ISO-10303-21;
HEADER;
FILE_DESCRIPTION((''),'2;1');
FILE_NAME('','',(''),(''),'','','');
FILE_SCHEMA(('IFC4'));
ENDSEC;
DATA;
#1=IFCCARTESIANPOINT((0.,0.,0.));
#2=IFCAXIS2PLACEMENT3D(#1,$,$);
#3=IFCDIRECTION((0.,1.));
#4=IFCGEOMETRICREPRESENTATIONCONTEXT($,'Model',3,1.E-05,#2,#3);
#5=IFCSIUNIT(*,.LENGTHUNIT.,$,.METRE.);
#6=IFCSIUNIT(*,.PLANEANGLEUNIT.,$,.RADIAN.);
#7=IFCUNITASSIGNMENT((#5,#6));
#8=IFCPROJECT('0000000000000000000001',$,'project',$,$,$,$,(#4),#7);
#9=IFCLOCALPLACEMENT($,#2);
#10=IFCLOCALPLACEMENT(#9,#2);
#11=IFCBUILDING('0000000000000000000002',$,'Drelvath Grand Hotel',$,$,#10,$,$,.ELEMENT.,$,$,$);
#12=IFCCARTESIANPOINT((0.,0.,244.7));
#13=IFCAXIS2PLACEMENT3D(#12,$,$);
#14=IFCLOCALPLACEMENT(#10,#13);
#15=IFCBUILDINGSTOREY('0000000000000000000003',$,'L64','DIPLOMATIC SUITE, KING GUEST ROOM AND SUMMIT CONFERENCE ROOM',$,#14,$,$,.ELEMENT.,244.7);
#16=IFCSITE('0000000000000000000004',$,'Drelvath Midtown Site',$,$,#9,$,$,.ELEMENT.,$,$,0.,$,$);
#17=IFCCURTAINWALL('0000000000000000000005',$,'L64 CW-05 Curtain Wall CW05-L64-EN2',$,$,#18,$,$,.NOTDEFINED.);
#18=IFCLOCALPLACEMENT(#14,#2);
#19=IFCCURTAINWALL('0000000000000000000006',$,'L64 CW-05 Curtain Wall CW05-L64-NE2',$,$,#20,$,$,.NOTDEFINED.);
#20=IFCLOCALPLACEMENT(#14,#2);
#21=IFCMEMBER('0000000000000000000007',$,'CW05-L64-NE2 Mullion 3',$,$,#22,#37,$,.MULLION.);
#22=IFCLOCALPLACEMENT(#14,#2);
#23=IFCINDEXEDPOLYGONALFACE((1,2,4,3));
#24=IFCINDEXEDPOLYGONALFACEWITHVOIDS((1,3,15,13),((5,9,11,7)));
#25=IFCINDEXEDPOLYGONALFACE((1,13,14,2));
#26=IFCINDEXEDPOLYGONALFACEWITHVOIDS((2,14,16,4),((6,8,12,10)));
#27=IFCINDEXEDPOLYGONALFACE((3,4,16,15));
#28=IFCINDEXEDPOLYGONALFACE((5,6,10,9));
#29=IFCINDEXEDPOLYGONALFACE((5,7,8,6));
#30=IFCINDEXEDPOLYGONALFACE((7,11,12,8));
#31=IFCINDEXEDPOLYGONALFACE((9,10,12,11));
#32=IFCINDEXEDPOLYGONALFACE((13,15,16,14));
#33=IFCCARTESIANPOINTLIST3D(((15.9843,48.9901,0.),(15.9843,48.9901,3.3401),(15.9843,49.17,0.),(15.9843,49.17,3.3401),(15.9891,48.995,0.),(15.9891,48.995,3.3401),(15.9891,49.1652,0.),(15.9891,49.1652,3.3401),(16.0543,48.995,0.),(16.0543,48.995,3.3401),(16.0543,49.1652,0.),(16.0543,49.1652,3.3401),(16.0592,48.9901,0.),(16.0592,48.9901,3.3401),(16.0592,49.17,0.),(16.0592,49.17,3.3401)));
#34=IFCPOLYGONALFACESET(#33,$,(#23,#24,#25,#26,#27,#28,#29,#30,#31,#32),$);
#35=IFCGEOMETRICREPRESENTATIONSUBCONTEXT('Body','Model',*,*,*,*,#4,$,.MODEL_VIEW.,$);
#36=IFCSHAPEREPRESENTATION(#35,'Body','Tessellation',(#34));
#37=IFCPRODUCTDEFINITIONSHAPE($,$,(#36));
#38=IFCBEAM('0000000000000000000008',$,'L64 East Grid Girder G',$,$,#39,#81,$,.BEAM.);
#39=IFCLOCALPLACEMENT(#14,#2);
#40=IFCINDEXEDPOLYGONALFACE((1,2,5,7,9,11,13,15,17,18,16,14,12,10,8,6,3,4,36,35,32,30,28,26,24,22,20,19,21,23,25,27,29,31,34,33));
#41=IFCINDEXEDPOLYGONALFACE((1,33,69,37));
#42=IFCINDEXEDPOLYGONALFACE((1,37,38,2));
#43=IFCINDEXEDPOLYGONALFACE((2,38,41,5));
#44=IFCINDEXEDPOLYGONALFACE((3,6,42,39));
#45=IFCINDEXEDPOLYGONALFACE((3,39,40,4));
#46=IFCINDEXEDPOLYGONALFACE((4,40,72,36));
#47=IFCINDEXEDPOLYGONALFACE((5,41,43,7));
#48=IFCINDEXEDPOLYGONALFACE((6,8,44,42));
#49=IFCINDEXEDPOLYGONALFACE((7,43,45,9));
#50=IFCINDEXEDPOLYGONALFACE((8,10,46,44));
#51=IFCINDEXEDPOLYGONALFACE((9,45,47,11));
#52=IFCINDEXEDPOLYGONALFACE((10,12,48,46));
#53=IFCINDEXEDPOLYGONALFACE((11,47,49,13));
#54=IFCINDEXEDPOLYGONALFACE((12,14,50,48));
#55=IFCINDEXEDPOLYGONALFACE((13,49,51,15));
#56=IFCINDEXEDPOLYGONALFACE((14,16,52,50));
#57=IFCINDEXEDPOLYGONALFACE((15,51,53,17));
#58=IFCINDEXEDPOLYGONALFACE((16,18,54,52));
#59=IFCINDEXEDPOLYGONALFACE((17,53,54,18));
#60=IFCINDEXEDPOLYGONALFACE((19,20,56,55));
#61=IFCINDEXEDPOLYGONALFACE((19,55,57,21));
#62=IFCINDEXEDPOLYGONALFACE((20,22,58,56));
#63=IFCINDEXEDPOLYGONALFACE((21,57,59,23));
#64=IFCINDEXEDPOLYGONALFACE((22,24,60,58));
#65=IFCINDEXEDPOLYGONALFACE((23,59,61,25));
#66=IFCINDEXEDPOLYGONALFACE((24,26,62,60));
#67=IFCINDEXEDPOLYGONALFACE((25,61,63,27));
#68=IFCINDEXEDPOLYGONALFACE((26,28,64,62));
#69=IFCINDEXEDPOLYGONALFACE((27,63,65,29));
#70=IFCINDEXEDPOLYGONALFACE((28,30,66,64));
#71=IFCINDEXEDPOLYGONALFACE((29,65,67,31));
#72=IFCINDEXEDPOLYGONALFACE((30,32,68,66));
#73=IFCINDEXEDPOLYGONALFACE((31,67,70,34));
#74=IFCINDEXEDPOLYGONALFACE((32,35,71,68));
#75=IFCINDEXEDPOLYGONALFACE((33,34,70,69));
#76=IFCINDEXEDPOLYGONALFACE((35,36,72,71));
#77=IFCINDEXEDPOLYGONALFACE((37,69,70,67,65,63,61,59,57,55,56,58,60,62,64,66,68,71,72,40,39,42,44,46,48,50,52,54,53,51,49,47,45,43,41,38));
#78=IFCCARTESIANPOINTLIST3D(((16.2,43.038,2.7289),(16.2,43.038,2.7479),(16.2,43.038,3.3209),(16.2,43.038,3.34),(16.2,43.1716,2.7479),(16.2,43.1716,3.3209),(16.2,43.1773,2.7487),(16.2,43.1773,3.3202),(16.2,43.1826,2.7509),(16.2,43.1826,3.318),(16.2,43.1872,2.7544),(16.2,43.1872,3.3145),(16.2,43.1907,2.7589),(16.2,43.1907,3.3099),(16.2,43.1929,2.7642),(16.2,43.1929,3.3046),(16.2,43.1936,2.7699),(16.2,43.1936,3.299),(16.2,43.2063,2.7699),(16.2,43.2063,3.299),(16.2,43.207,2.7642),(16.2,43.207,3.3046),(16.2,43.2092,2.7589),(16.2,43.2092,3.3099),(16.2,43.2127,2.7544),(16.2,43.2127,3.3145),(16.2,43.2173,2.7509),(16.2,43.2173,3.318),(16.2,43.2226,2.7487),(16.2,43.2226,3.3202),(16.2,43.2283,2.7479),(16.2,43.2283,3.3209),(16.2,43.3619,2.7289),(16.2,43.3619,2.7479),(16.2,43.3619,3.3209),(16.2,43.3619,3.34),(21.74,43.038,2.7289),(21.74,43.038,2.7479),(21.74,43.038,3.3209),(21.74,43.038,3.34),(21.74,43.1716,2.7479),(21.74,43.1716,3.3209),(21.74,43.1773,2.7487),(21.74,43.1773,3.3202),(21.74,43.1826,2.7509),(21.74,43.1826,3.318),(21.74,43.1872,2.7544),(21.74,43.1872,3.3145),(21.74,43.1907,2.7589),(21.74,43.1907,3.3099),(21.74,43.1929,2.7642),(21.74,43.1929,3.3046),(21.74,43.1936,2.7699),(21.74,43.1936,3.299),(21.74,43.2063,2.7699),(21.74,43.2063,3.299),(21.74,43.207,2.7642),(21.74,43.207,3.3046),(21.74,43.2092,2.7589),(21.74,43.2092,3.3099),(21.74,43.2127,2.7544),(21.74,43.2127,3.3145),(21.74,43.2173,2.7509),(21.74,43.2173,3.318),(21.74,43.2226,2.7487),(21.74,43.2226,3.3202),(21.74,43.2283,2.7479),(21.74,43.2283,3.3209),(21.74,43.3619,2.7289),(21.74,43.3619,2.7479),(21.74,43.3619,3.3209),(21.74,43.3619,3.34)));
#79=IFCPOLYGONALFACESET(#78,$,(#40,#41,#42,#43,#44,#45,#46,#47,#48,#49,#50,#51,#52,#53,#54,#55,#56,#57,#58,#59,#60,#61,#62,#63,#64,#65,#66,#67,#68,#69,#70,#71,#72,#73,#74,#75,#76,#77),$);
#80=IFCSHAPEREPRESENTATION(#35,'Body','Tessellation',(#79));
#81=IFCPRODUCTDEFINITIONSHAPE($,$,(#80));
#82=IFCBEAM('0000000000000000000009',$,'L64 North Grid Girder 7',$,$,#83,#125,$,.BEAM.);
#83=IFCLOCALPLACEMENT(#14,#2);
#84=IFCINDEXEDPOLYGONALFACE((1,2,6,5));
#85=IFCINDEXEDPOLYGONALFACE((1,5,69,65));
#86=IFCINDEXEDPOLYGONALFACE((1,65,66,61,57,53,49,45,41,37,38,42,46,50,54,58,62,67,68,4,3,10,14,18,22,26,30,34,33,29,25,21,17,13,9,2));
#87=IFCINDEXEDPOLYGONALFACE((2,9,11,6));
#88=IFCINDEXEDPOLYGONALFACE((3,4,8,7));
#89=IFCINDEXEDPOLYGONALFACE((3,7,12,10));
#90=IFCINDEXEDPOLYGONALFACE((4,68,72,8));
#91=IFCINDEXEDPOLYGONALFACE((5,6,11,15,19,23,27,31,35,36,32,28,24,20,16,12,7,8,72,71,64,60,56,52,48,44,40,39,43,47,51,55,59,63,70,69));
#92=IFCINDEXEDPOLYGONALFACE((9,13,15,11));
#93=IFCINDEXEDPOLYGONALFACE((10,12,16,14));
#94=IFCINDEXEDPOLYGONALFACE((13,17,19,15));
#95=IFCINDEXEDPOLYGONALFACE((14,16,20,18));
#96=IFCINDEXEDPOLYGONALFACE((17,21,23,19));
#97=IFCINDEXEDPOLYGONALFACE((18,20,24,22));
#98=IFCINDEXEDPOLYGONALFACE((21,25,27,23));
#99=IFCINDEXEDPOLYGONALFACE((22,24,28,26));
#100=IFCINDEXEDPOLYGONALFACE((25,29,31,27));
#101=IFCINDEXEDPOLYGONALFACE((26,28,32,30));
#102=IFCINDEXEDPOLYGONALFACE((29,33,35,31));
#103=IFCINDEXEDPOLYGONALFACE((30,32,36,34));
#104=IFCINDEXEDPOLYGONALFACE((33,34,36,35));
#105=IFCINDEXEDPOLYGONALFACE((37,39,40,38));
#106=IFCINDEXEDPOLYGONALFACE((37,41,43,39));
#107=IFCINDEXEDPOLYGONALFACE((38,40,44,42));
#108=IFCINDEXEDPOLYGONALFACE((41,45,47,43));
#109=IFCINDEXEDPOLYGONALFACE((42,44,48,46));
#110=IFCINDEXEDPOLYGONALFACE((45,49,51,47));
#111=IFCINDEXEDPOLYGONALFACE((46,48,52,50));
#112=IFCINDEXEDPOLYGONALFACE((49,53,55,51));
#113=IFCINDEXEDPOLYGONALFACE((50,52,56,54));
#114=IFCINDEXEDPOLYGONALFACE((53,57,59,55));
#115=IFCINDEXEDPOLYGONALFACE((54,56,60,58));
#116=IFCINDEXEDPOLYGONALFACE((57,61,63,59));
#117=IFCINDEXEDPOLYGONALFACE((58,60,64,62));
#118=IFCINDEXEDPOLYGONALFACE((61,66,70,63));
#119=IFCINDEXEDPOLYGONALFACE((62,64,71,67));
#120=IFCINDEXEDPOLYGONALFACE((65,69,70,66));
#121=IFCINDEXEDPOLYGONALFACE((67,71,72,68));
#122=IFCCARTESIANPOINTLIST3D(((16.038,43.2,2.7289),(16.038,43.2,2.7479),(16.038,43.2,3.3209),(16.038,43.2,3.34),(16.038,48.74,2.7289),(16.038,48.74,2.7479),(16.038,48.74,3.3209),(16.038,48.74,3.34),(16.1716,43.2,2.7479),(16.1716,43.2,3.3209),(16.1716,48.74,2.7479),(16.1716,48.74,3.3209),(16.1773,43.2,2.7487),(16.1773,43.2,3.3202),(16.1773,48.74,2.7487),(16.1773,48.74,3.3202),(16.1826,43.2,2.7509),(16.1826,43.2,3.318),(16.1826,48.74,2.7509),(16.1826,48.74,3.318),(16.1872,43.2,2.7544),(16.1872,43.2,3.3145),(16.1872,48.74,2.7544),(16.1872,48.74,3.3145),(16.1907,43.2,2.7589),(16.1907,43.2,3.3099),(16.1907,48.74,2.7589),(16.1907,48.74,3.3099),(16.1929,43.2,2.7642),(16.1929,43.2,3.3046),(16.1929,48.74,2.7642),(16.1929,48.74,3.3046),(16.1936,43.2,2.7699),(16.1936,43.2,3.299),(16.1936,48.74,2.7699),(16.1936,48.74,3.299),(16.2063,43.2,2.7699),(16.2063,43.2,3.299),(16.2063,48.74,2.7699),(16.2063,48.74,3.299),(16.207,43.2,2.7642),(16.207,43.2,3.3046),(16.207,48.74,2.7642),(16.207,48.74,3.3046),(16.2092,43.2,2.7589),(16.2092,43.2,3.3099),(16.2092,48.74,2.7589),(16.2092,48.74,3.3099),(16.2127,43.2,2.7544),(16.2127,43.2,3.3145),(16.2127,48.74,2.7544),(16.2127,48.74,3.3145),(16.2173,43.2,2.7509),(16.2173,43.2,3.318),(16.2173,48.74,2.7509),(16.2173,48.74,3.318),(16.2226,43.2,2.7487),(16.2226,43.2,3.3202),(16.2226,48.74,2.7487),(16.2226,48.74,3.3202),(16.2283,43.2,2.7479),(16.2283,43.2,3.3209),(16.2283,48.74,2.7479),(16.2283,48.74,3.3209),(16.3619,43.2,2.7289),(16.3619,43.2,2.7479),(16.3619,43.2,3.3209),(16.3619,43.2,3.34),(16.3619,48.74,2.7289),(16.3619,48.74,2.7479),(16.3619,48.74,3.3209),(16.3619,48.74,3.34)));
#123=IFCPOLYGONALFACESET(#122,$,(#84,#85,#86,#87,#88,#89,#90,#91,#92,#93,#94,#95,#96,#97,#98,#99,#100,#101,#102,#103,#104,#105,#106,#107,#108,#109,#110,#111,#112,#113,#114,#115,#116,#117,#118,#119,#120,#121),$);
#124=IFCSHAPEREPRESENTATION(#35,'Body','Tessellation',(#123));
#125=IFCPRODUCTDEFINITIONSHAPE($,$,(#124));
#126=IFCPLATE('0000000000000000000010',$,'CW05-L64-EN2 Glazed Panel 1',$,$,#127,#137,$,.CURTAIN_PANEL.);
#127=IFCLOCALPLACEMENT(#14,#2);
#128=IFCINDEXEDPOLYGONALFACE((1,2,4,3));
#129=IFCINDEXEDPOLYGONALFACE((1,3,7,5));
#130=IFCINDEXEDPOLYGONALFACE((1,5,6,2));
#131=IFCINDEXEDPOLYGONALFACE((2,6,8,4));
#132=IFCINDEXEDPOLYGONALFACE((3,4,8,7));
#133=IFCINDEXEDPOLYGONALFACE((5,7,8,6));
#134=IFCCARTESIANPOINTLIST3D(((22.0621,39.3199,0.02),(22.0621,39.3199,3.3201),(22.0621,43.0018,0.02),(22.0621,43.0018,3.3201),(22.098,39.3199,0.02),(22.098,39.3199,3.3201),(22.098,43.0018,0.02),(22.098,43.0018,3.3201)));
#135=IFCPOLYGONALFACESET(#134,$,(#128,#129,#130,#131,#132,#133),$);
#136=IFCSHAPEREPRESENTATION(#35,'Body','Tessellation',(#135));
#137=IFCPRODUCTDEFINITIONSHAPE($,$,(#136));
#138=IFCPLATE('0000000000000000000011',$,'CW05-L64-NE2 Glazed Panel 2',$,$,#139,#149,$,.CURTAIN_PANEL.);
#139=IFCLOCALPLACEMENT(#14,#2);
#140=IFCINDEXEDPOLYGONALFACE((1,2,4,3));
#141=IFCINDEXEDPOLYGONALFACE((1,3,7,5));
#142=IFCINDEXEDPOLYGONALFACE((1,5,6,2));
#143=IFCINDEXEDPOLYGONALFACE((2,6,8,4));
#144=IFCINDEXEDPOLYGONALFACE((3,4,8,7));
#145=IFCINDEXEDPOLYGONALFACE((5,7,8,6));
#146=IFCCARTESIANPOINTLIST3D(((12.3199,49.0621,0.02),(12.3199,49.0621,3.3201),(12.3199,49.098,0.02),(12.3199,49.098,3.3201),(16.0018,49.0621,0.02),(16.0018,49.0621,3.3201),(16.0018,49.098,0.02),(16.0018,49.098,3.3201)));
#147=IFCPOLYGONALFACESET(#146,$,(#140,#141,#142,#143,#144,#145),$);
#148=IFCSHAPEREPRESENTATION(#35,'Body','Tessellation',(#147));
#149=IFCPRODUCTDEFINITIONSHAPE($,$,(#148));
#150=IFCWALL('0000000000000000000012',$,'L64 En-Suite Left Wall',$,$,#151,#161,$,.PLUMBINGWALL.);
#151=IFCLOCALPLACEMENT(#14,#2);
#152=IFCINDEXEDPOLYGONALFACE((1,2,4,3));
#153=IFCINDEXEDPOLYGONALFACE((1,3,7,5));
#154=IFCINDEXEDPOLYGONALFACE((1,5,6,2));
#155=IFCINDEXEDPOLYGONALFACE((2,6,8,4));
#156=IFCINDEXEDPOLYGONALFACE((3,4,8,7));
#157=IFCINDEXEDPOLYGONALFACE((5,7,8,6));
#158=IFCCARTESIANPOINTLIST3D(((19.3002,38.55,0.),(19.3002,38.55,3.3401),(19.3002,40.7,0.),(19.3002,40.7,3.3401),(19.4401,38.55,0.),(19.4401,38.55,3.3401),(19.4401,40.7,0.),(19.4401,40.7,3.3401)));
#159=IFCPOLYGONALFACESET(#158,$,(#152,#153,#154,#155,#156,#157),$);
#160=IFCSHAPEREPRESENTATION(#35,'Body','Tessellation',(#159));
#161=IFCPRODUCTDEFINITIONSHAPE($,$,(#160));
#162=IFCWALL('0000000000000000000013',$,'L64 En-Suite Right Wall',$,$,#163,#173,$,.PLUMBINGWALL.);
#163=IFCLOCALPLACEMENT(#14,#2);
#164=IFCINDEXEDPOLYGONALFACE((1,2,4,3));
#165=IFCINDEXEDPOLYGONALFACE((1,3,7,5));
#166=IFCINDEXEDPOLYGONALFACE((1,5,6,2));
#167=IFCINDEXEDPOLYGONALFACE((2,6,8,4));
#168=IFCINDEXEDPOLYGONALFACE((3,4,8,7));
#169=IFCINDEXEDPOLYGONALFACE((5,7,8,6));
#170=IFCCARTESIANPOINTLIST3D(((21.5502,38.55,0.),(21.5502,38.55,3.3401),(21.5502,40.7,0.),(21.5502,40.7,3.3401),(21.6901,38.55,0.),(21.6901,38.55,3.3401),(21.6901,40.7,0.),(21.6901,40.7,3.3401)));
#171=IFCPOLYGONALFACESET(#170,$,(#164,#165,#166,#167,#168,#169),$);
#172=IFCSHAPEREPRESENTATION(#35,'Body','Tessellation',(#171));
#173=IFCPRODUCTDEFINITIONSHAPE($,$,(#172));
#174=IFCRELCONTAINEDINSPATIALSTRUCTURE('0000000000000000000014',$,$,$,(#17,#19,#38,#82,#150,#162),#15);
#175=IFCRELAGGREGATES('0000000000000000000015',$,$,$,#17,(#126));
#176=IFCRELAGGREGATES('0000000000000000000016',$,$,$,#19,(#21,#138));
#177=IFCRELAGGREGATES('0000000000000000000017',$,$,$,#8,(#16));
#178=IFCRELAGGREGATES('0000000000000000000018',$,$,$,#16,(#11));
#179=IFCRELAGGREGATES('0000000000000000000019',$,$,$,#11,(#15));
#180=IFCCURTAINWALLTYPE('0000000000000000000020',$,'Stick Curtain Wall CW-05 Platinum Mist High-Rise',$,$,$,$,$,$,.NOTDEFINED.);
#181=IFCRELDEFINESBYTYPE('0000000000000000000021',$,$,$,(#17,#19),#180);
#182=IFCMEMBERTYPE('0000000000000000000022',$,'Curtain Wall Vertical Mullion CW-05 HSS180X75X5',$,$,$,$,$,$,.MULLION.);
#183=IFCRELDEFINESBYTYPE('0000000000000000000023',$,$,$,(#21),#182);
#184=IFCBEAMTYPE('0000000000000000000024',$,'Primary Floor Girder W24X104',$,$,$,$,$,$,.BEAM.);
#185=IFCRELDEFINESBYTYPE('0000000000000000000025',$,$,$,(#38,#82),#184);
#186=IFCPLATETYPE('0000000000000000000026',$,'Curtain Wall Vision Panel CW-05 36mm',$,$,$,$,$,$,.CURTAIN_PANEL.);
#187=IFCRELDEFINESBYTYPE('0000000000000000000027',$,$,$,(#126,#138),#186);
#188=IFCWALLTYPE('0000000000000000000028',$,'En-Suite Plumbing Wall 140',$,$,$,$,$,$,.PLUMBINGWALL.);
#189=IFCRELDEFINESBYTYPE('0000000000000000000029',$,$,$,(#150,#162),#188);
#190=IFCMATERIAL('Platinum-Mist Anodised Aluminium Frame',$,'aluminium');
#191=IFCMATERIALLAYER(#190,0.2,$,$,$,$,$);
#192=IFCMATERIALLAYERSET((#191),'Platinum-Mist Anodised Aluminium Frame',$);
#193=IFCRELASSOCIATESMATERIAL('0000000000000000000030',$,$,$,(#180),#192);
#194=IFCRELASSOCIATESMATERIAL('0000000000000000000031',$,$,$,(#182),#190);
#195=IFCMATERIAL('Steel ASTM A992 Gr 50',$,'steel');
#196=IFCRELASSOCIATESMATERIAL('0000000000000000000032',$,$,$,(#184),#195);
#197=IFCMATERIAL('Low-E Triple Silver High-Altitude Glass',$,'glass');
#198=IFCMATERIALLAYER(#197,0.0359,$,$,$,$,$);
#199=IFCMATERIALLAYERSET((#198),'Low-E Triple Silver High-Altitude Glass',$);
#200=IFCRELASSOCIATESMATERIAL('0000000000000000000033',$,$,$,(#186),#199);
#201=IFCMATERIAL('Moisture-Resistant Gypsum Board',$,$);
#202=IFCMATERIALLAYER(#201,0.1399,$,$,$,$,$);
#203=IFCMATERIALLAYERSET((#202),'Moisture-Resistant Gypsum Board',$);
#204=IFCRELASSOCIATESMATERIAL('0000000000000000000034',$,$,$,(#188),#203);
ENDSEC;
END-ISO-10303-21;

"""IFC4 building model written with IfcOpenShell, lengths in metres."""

from ifc_helpers import new_model, si_unit, direction, frame, frame_2d, origin, origin_2d, place, context, subcontext, project, spatial, rectangle, hollow_rectangle, i_section, extrude, material, layer, layer_set, material_profile, profile_set, type_object, element, aggregate, save


model = new_model("IFC4")

# Units and contexts
model_context = context("Model", 3, precision=1e-05, world=origin(), true_north=direction((0.0, 1.0)))
body_context = subcontext(model_context, "Body", "Model", "MODEL_VIEW")
ifc_project = project(units=[si_unit("LENGTHUNIT", "METRE"), si_unit("PLANEANGLEUNIT", "RADIAN")], contexts=[model_context])

# Site, building, storey
site_placement = place(None, origin())
site = spatial("IfcSite", under=ifc_project, at=site_placement, Name="Drelvath Midtown Site", CompositionType="ELEMENT", RefElevation=0.0)
building_placement = place(site_placement, origin())
building = spatial("IfcBuilding", under=site, at=building_placement, Name="Drelvath Grand Hotel", CompositionType="ELEMENT")
storey_placement = place(building_placement, frame((0.0, 0.0, 244.7)))
storey = spatial("IfcBuildingStorey", under=building, at=storey_placement, Name="L64", Description="DIPLOMATIC SUITE, KING GUEST ROOM AND SUMMIT CONFERENCE ROOM", CompositionType="ELEMENT", Elevation=244.7)

# Curtain walls, member
ifc_material_1 = material(Name="Platinum-Mist Anodised Aluminium Frame", Category="aluminium")
ifc_layer_1 = layer(ifc_material_1, 0.2)
ifc_layer_set_1 = layer_set([ifc_layer_1], Name="Platinum-Mist Anodised Aluminium Frame")
curtain_wall_type = type_object("IfcCurtainWallType", Name="Stick Curtain Wall CW-05 Platinum Mist High-Rise", PredefinedType="NOTDEFINED", material=ifc_layer_set_1)
curtain_wall_1_placement = place(storey_placement, origin())
curtain_wall_1 = element("IfcCurtainWall", 1, at=curtain_wall_1_placement, inside=storey, type_object=curtain_wall_type, Name="L64 CW-05 Curtain Wall CW05-L64-EN2", PredefinedType="NOTDEFINED")
ifc_material_profile_1 = material_profile(ifc_material_1, hollow_rectangle(XDim=0.075, YDim=0.1799, WallThickness=0.0049, at=origin_2d()), Name="HSS180X75X5")
ifc_profile_set_1 = profile_set([ifc_material_profile_1], Name="Platinum-Mist Anodised Aluminium Frame")
member_type_1 = type_object("IfcMemberType", Name="Curtain Wall Vertical Mullion CW-05 HSS180X75X5", PredefinedType="MULLION", material=ifc_profile_set_1)
curtain_wall_2_placement = place(storey_placement, origin())
curtain_wall_2 = element("IfcCurtainWall", 2, at=curtain_wall_2_placement, inside=storey, type_object=curtain_wall_type, Name="L64 CW-05 Curtain Wall CW05-L64-NE2", PredefinedType="NOTDEFINED")
member_1_placement = place(storey_placement, frame((16.0217, 49.0801, 0.0), z_axis=(0.0, 0.0, 1.0), x_axis=(1.0, 0.0, 0.0)))
member_1 = element("IfcMember", 3, at=member_1_placement, type_object=member_type_1, Name="CW05-L64-NE2 Mullion 3", PredefinedType="MULLION", context=body_context, shape_type="SweptSolid", body=[
    extrude(hollow_rectangle(XDim=0.075, YDim=0.1799, WallThickness=0.0049, at=origin_2d()), origin(), (0.0, 0.0, 1.0), 3.3401),
])

# Beams
ifc_material_2 = material(Name="Steel ASTM A992 Gr 50", Category="steel")
ifc_material_profile_2 = material_profile(ifc_material_2, i_section(OverallWidth=0.324, OverallDepth=0.6111, WebThickness=0.0127, FlangeThickness=0.019, FilletRadius=0.022, at=origin_2d()), Name="W24X104")
ifc_profile_set_2 = profile_set([ifc_material_profile_2], Name="Steel ASTM A992 Gr 50")
beam_type = type_object("IfcBeamType", Name="Primary Floor Girder W24X104", PredefinedType="BEAM", material=ifc_profile_set_2)
for number, where, z_axis, x_axis, name in (
    (4, (16.2, 43.2, 3.0344), (1.0, 0.0, 0.0), (0.0, 1.0, 0.0), "L64 East Grid Girder G"),
    (5, (16.2, 43.2, 3.0344), (0.0, 1.0, 0.0), (-1.0, 0.0, 0.0), "L64 North Grid Girder 7"),
):
    element("IfcBeam", number, at=place(storey_placement, frame(where, z_axis=z_axis, x_axis=x_axis)), inside=storey, type_object=beam_type, Name=name, PredefinedType="BEAM", context=body_context, shape_type="SweptSolid", body=[
        extrude(i_section(OverallWidth=0.324, OverallDepth=0.6111, WebThickness=0.0127, FlangeThickness=0.019, FilletRadius=0.022, at=origin_2d()), origin(), (0.0, 0.0, 1.0), 5.54),
    ])

# Plates
ifc_material_3 = material(Name="Low-E Triple Silver High-Altitude Glass", Category="glass")
ifc_layer_2 = layer(ifc_material_3, 0.0359)
ifc_layer_set_2 = layer_set([ifc_layer_2], Name="Low-E Triple Silver High-Altitude Glass")
plate_type = type_object("IfcPlateType", Name="Curtain Wall Vision Panel CW-05 36mm", PredefinedType="CURTAIN_PANEL", material=ifc_layer_set_2)
plate_1_placement = place(storey_placement, frame((22.0801, 41.1609, 0.02), z_axis=(0.0, 0.0, 1.0), x_axis=(0.0, -1.0, 0.0)))
plate_1 = element("IfcPlate", 6, at=plate_1_placement, type_object=plate_type, Name="CW05-L64-EN2 Glazed Panel 1", PredefinedType="CURTAIN_PANEL", context=body_context, shape_type="SweptSolid", body=[
    extrude(rectangle(XDim=3.6819, YDim=0.0359, at=origin_2d()), origin(), (0.0, 0.0, 1.0), 3.3),
])
aggregate(curtain_wall_1, [plate_1])
plate_2_placement = place(storey_placement, frame((14.1609, 49.0801, 0.02), z_axis=(0.0, 0.0, 1.0), x_axis=(1.0, 0.0, 0.0)))
plate_2 = element("IfcPlate", 7, at=plate_2_placement, type_object=plate_type, Name="CW05-L64-NE2 Glazed Panel 2", PredefinedType="CURTAIN_PANEL", context=body_context, shape_type="SweptSolid", body=[
    extrude(rectangle(XDim=3.6819, YDim=0.0359, at=origin_2d()), origin(), (0.0, 0.0, 1.0), 3.3),
])
aggregate(curtain_wall_2, [member_1, plate_2])

# Walls
ifc_material_4 = material(Name="Moisture-Resistant Gypsum Board")
ifc_layer_3 = layer(ifc_material_4, 0.1399)
ifc_layer_set_3 = layer_set([ifc_layer_3], Name="Moisture-Resistant Gypsum Board")
wall_type_1 = type_object("IfcWallType", Name="En-Suite Plumbing Wall 140", PredefinedType="PLUMBINGWALL", material=ifc_layer_set_3)
for number, where, z_axis, x_axis, name in (
    (8, (19.3701, 38.55, 0.0), (0.0, 0.0, 1.0), (0.0, 1.0, 0.0), "L64 En-Suite Left Wall"),
    (9, (21.6201, 38.55, 0.0), (0.0, 0.0, 1.0), (0.0, 1.0, 0.0), "L64 En-Suite Right Wall"),
):
    element("IfcWall", number, at=place(storey_placement, frame(where, z_axis=z_axis, x_axis=x_axis)), inside=storey, type_object=wall_type_1, Name=name, PredefinedType="PLUMBINGWALL", context=body_context, shape_type="SweptSolid", body=[
        extrude(rectangle(XDim=2.1499, YDim=0.1399, at=frame_2d((1.075, 0.0))), origin(), (0.0, 0.0, 1.0), 3.3401),
    ])

save(model, "model.ifc")
